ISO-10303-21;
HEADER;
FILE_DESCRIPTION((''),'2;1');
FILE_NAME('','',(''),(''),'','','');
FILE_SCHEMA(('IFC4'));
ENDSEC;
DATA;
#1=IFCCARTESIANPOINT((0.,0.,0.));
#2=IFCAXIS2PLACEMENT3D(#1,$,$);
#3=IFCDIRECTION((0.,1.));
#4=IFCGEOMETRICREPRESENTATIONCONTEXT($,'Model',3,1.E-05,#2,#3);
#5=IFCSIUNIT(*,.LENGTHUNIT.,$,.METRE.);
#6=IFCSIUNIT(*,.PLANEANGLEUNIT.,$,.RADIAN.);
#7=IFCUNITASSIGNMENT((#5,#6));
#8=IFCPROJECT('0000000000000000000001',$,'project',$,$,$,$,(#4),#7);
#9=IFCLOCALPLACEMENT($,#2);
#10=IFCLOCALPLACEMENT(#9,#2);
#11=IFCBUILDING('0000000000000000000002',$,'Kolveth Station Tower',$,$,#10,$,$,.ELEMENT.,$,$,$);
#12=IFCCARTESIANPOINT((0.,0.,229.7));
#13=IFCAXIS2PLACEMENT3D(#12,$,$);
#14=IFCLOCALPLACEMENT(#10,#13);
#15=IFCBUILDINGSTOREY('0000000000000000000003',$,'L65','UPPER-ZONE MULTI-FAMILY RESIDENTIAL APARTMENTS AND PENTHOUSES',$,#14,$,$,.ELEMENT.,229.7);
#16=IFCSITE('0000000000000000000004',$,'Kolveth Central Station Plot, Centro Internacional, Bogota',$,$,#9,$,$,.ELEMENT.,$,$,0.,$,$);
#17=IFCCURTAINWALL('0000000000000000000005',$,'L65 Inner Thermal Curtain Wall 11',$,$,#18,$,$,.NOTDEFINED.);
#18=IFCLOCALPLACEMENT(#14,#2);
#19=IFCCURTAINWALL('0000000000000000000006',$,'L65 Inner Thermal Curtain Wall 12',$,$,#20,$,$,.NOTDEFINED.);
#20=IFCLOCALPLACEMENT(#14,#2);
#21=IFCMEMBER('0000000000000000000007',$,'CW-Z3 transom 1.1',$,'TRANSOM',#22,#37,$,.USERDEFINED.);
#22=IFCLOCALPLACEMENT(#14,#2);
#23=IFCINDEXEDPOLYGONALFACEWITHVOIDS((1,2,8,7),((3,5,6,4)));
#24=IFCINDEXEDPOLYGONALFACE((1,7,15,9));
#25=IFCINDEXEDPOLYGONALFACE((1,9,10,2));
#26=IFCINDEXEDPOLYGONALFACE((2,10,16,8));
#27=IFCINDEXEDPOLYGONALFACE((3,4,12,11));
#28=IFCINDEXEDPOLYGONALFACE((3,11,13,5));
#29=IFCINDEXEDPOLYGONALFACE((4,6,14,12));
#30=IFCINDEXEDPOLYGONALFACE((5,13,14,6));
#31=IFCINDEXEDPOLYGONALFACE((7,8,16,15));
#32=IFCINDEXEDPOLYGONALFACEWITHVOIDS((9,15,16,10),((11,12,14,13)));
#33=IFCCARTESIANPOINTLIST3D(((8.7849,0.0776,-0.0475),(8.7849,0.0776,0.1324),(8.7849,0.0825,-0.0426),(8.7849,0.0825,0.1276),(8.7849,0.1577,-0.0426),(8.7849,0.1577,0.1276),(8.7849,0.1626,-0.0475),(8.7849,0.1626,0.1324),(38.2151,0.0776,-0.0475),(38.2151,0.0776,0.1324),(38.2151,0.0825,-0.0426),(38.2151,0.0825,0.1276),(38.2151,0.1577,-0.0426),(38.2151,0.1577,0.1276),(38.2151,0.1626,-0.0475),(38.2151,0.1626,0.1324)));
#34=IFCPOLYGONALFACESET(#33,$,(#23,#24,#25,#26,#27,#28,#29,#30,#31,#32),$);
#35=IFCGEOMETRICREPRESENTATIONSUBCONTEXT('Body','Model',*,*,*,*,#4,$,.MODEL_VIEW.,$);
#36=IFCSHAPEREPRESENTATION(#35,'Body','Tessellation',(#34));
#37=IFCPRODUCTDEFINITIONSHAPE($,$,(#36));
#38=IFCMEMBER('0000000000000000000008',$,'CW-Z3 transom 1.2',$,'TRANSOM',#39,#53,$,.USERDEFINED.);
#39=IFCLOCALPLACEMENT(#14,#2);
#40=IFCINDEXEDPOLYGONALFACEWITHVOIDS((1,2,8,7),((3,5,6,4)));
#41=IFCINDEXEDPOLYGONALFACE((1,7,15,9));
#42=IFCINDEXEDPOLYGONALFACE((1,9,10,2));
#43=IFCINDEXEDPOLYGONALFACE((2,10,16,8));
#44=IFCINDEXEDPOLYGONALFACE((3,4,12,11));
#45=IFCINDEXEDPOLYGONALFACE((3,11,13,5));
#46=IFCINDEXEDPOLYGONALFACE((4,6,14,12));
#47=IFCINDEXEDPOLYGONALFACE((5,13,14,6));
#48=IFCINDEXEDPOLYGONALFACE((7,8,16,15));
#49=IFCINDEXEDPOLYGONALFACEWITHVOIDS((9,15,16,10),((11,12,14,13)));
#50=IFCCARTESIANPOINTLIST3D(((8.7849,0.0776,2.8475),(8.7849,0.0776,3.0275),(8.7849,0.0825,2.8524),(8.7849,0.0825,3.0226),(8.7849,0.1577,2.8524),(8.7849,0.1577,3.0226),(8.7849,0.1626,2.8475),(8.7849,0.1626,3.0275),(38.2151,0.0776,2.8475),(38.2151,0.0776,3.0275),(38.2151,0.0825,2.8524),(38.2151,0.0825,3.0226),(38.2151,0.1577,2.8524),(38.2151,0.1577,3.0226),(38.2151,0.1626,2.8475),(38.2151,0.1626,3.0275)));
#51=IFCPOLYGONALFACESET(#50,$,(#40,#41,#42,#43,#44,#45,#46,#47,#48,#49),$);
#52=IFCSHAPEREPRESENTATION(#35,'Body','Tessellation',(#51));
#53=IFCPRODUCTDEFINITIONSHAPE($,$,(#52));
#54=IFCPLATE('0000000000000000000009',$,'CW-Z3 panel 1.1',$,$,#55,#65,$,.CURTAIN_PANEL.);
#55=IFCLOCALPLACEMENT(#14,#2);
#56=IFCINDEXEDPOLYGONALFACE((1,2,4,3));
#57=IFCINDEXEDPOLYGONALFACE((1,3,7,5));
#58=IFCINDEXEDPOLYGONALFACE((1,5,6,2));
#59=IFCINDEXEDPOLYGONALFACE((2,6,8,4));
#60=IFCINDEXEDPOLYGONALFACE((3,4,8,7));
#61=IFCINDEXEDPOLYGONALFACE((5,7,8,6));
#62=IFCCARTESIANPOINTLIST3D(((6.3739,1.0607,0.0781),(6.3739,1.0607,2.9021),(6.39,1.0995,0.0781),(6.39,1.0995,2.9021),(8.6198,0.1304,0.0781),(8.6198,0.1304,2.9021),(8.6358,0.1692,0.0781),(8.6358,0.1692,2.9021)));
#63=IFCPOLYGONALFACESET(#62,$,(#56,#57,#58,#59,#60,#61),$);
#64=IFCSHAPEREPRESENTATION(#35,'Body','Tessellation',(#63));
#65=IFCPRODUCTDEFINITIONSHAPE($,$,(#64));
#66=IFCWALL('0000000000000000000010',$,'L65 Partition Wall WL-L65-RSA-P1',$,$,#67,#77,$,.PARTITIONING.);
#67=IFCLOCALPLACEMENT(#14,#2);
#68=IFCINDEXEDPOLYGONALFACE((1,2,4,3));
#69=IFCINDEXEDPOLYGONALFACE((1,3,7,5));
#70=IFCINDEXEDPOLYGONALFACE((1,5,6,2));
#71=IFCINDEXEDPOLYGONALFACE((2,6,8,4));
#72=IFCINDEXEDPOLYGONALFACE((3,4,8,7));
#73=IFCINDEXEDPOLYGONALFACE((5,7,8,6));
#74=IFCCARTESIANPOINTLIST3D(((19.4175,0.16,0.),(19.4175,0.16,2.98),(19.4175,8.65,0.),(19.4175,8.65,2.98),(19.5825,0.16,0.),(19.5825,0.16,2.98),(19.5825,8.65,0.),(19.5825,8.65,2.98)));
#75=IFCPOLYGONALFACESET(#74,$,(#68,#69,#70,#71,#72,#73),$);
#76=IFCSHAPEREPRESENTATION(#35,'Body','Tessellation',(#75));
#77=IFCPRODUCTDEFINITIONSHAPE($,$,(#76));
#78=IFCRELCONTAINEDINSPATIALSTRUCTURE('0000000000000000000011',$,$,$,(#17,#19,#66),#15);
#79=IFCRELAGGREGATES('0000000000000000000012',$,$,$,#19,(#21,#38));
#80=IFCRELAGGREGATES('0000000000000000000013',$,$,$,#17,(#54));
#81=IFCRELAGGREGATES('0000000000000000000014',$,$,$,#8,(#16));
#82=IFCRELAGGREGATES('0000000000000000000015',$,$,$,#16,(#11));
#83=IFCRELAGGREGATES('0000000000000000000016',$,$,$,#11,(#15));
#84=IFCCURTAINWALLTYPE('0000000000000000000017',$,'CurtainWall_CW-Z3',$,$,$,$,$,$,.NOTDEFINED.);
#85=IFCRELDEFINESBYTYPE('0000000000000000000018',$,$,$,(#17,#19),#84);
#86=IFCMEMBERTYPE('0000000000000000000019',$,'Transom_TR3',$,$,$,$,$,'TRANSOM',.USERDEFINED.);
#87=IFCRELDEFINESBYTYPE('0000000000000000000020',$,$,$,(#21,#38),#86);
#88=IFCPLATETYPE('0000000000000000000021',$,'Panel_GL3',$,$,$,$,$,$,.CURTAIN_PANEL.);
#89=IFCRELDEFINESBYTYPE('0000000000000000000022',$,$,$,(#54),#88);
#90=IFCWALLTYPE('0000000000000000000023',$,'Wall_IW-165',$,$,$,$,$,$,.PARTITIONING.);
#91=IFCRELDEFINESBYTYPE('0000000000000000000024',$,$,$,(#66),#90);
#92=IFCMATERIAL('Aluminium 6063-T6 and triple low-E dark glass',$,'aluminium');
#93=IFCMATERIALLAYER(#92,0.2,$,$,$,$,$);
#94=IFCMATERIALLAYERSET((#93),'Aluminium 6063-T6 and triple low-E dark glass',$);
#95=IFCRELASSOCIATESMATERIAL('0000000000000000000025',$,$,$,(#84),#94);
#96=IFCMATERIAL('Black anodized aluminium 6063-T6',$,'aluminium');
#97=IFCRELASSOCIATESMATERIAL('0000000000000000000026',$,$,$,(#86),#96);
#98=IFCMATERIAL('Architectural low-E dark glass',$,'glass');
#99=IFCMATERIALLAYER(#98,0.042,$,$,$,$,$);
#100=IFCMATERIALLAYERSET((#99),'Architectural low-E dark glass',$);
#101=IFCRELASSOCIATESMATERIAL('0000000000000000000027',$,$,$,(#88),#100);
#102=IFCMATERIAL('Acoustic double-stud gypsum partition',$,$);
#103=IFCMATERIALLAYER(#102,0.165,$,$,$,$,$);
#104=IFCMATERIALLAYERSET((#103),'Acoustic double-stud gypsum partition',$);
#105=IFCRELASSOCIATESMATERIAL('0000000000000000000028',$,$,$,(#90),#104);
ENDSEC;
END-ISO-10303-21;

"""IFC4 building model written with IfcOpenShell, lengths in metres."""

from ifc_helpers import new_model, si_unit, direction, frame, frame_2d, origin, origin_2d, place, context, subcontext, project, spatial, rectangle, hollow_rectangle, extrude, source, transform, mapped, material, layer, layer_set, material_profile, profile_set, type_object, element, aggregate, save


model = new_model("IFC4")

# Units and contexts
model_context = context("Model", 3, precision=1e-05, world=origin(), true_north=direction((0.0, 1.0)))
body_context = subcontext(model_context, "Body", "Model", "MODEL_VIEW")
ifc_project = project(units=[si_unit("LENGTHUNIT", "METRE"), si_unit("PLANEANGLEUNIT", "RADIAN")], contexts=[model_context])

# Site, building, storey
site_placement = place(None, origin())
site = spatial("IfcSite", under=ifc_project, at=site_placement, Name="Kolveth Central Station Plot, Centro Internacional, Bogota", CompositionType="ELEMENT", RefElevation=0.0)
building_placement = place(site_placement, origin())
building = spatial("IfcBuilding", under=site, at=building_placement, Name="Kolveth Station Tower", CompositionType="ELEMENT")
storey_placement = place(building_placement, frame((0.0, 0.0, 229.7)))
storey = spatial("IfcBuildingStorey", under=building, at=storey_placement, Name="L65", Description="UPPER-ZONE MULTI-FAMILY RESIDENTIAL APARTMENTS AND PENTHOUSES", CompositionType="ELEMENT", Elevation=229.7)

# Curtain walls
ifc_material_1 = material(Name="Aluminium 6063-T6 and triple low-E dark glass", Category="aluminium")
ifc_layer_1 = layer(ifc_material_1, 0.2)
ifc_layer_set_1 = layer_set([ifc_layer_1], Name="Aluminium 6063-T6 and triple low-E dark glass")
curtain_wall_type = type_object("IfcCurtainWallType", Name="CurtainWall_CW-Z3", PredefinedType="NOTDEFINED", material=ifc_layer_set_1)
curtain_wall_1_placement = place(storey_placement, origin())
curtain_wall_1 = element("IfcCurtainWall", 1, at=curtain_wall_1_placement, inside=storey, type_object=curtain_wall_type, Name="L65 Inner Thermal Curtain Wall 11", PredefinedType="NOTDEFINED")
ifc_material_2 = material(Name="Black anodized aluminium 6063-T6", Category="aluminium")
curtain_wall_2_placement = place(storey_placement, origin())
curtain_wall_2 = element("IfcCurtainWall", 2, at=curtain_wall_2_placement, inside=storey, type_object=curtain_wall_type, Name="L65 Inner Thermal Curtain Wall 12", PredefinedType="NOTDEFINED")

# Members
ifc_material_profile_1 = material_profile(ifc_material_2, hollow_rectangle(XDim=0.085, YDim=0.1799, WallThickness=0.0049, at=origin_2d()), Name="ALU-85x180x5")
ifc_profile_set_1 = profile_set([ifc_material_profile_1], Name="Black anodized aluminium 6063-T6")
member_type_1 = type_object("IfcMemberType", Name="Transom_TR3", ElementType="TRANSOM", PredefinedType="USERDEFINED", material=ifc_profile_set_1)
shared_shape_1 = source(origin(), body_context, "Body", "SweptSolid", [
    extrude(hollow_rectangle(XDim=0.085, YDim=0.1799, WallThickness=0.0049, at=origin_2d()), origin(), (0.0, 0.0, 1.0), 29.4302),
])
member_1_placement = place(storey_placement, frame((8.7849, 0.1201, 0.0425), z_axis=(1.0, 0.0, 0.0), x_axis=(0.0, 1.0, 0.0)))
member_1 = element("IfcMember", 3, at=member_1_placement, type_object=member_type_1, Name="CW-Z3 transom 1.1", ObjectType="TRANSOM", PredefinedType="USERDEFINED", context=body_context, shape_type="MappedRepresentation", body=[
    mapped(shared_shape_1, transform((0.0, 0.0, 0.0), x_axis=(1.0, 0.0, 0.0), y_axis=(0.0, 1.0, 0.0), z_axis=(0.0, 0.0, 1.0), scale=1.0)),
])
member_2_placement = place(storey_placement, frame((8.7849, 0.1201, 2.9375), z_axis=(1.0, 0.0, 0.0), x_axis=(0.0, 1.0, 0.0)))
member_2 = element("IfcMember", 4, at=member_2_placement, type_object=member_type_1, Name="CW-Z3 transom 1.2", ObjectType="TRANSOM", PredefinedType="USERDEFINED", context=body_context, shape_type="MappedRepresentation", body=[
    mapped(shared_shape_1, transform((0.0, 0.0, 0.0), x_axis=(1.0, 0.0, 0.0), y_axis=(0.0, 1.0, 0.0), z_axis=(0.0, 0.0, 1.0), scale=1.0)),
])
aggregate(curtain_wall_2, [member_1, member_2])

# Plate
ifc_material_3 = material(Name="Architectural low-E dark glass", Category="glass")
ifc_layer_2 = layer(ifc_material_3, 0.042)
ifc_layer_set_2 = layer_set([ifc_layer_2], Name="Architectural low-E dark glass")
plate_type = type_object("IfcPlateType", Name="Panel_GL3", PredefinedType="CURTAIN_PANEL", material=ifc_layer_set_2)
shared_shape_2 = source(origin(), body_context, "Body", "SweptSolid", [
    extrude(rectangle(XDim=2.4309, YDim=0.042, at=origin_2d()), origin(), (0.0, 0.0, 1.0), 2.824),
])
plate_placement = place(storey_placement, frame((7.5049, 0.615, 0.0781), z_axis=(0.0, 0.0, 1.0), x_axis=(0.923875, -0.382693, 0.0)))
plate = element("IfcPlate", 5, at=plate_placement, type_object=plate_type, Name="CW-Z3 panel 1.1", PredefinedType="CURTAIN_PANEL", context=body_context, shape_type="MappedRepresentation", body=[
    mapped(shared_shape_2, transform((0.0, 0.0, 0.0), x_axis=(1.0, 0.0, 0.0), y_axis=(0.0, 1.0, 0.0), z_axis=(0.0, 0.0, 1.0), scale=1.0)),
])
aggregate(curtain_wall_1, [plate])

# Wall
ifc_material_4 = material(Name="Acoustic double-stud gypsum partition")
ifc_layer_3 = layer(ifc_material_4, 0.165)
ifc_layer_set_3 = layer_set([ifc_layer_3], Name="Acoustic double-stud gypsum partition")
wall_type = type_object("IfcWallType", Name="Wall_IW-165", PredefinedType="PARTITIONING", material=ifc_layer_set_3)
wall_placement = place(storey_placement, frame((19.5, 0.1599, 0.0), z_axis=(0.0, 0.0, 1.0), x_axis=(0.0, 1.0, 0.0)))
element("IfcWall", 6, at=wall_placement, inside=storey, type_object=wall_type, Name="L65 Partition Wall WL-L65-RSA-P1", PredefinedType="PARTITIONING", context=body_context, shape_type="SweptSolid", body=[
    extrude(rectangle(XDim=8.49, YDim=0.165, at=frame_2d((4.2451, 0.0))), origin(), (0.0, 0.0, 1.0), 2.98),
])

save(model, "model.ifc")
